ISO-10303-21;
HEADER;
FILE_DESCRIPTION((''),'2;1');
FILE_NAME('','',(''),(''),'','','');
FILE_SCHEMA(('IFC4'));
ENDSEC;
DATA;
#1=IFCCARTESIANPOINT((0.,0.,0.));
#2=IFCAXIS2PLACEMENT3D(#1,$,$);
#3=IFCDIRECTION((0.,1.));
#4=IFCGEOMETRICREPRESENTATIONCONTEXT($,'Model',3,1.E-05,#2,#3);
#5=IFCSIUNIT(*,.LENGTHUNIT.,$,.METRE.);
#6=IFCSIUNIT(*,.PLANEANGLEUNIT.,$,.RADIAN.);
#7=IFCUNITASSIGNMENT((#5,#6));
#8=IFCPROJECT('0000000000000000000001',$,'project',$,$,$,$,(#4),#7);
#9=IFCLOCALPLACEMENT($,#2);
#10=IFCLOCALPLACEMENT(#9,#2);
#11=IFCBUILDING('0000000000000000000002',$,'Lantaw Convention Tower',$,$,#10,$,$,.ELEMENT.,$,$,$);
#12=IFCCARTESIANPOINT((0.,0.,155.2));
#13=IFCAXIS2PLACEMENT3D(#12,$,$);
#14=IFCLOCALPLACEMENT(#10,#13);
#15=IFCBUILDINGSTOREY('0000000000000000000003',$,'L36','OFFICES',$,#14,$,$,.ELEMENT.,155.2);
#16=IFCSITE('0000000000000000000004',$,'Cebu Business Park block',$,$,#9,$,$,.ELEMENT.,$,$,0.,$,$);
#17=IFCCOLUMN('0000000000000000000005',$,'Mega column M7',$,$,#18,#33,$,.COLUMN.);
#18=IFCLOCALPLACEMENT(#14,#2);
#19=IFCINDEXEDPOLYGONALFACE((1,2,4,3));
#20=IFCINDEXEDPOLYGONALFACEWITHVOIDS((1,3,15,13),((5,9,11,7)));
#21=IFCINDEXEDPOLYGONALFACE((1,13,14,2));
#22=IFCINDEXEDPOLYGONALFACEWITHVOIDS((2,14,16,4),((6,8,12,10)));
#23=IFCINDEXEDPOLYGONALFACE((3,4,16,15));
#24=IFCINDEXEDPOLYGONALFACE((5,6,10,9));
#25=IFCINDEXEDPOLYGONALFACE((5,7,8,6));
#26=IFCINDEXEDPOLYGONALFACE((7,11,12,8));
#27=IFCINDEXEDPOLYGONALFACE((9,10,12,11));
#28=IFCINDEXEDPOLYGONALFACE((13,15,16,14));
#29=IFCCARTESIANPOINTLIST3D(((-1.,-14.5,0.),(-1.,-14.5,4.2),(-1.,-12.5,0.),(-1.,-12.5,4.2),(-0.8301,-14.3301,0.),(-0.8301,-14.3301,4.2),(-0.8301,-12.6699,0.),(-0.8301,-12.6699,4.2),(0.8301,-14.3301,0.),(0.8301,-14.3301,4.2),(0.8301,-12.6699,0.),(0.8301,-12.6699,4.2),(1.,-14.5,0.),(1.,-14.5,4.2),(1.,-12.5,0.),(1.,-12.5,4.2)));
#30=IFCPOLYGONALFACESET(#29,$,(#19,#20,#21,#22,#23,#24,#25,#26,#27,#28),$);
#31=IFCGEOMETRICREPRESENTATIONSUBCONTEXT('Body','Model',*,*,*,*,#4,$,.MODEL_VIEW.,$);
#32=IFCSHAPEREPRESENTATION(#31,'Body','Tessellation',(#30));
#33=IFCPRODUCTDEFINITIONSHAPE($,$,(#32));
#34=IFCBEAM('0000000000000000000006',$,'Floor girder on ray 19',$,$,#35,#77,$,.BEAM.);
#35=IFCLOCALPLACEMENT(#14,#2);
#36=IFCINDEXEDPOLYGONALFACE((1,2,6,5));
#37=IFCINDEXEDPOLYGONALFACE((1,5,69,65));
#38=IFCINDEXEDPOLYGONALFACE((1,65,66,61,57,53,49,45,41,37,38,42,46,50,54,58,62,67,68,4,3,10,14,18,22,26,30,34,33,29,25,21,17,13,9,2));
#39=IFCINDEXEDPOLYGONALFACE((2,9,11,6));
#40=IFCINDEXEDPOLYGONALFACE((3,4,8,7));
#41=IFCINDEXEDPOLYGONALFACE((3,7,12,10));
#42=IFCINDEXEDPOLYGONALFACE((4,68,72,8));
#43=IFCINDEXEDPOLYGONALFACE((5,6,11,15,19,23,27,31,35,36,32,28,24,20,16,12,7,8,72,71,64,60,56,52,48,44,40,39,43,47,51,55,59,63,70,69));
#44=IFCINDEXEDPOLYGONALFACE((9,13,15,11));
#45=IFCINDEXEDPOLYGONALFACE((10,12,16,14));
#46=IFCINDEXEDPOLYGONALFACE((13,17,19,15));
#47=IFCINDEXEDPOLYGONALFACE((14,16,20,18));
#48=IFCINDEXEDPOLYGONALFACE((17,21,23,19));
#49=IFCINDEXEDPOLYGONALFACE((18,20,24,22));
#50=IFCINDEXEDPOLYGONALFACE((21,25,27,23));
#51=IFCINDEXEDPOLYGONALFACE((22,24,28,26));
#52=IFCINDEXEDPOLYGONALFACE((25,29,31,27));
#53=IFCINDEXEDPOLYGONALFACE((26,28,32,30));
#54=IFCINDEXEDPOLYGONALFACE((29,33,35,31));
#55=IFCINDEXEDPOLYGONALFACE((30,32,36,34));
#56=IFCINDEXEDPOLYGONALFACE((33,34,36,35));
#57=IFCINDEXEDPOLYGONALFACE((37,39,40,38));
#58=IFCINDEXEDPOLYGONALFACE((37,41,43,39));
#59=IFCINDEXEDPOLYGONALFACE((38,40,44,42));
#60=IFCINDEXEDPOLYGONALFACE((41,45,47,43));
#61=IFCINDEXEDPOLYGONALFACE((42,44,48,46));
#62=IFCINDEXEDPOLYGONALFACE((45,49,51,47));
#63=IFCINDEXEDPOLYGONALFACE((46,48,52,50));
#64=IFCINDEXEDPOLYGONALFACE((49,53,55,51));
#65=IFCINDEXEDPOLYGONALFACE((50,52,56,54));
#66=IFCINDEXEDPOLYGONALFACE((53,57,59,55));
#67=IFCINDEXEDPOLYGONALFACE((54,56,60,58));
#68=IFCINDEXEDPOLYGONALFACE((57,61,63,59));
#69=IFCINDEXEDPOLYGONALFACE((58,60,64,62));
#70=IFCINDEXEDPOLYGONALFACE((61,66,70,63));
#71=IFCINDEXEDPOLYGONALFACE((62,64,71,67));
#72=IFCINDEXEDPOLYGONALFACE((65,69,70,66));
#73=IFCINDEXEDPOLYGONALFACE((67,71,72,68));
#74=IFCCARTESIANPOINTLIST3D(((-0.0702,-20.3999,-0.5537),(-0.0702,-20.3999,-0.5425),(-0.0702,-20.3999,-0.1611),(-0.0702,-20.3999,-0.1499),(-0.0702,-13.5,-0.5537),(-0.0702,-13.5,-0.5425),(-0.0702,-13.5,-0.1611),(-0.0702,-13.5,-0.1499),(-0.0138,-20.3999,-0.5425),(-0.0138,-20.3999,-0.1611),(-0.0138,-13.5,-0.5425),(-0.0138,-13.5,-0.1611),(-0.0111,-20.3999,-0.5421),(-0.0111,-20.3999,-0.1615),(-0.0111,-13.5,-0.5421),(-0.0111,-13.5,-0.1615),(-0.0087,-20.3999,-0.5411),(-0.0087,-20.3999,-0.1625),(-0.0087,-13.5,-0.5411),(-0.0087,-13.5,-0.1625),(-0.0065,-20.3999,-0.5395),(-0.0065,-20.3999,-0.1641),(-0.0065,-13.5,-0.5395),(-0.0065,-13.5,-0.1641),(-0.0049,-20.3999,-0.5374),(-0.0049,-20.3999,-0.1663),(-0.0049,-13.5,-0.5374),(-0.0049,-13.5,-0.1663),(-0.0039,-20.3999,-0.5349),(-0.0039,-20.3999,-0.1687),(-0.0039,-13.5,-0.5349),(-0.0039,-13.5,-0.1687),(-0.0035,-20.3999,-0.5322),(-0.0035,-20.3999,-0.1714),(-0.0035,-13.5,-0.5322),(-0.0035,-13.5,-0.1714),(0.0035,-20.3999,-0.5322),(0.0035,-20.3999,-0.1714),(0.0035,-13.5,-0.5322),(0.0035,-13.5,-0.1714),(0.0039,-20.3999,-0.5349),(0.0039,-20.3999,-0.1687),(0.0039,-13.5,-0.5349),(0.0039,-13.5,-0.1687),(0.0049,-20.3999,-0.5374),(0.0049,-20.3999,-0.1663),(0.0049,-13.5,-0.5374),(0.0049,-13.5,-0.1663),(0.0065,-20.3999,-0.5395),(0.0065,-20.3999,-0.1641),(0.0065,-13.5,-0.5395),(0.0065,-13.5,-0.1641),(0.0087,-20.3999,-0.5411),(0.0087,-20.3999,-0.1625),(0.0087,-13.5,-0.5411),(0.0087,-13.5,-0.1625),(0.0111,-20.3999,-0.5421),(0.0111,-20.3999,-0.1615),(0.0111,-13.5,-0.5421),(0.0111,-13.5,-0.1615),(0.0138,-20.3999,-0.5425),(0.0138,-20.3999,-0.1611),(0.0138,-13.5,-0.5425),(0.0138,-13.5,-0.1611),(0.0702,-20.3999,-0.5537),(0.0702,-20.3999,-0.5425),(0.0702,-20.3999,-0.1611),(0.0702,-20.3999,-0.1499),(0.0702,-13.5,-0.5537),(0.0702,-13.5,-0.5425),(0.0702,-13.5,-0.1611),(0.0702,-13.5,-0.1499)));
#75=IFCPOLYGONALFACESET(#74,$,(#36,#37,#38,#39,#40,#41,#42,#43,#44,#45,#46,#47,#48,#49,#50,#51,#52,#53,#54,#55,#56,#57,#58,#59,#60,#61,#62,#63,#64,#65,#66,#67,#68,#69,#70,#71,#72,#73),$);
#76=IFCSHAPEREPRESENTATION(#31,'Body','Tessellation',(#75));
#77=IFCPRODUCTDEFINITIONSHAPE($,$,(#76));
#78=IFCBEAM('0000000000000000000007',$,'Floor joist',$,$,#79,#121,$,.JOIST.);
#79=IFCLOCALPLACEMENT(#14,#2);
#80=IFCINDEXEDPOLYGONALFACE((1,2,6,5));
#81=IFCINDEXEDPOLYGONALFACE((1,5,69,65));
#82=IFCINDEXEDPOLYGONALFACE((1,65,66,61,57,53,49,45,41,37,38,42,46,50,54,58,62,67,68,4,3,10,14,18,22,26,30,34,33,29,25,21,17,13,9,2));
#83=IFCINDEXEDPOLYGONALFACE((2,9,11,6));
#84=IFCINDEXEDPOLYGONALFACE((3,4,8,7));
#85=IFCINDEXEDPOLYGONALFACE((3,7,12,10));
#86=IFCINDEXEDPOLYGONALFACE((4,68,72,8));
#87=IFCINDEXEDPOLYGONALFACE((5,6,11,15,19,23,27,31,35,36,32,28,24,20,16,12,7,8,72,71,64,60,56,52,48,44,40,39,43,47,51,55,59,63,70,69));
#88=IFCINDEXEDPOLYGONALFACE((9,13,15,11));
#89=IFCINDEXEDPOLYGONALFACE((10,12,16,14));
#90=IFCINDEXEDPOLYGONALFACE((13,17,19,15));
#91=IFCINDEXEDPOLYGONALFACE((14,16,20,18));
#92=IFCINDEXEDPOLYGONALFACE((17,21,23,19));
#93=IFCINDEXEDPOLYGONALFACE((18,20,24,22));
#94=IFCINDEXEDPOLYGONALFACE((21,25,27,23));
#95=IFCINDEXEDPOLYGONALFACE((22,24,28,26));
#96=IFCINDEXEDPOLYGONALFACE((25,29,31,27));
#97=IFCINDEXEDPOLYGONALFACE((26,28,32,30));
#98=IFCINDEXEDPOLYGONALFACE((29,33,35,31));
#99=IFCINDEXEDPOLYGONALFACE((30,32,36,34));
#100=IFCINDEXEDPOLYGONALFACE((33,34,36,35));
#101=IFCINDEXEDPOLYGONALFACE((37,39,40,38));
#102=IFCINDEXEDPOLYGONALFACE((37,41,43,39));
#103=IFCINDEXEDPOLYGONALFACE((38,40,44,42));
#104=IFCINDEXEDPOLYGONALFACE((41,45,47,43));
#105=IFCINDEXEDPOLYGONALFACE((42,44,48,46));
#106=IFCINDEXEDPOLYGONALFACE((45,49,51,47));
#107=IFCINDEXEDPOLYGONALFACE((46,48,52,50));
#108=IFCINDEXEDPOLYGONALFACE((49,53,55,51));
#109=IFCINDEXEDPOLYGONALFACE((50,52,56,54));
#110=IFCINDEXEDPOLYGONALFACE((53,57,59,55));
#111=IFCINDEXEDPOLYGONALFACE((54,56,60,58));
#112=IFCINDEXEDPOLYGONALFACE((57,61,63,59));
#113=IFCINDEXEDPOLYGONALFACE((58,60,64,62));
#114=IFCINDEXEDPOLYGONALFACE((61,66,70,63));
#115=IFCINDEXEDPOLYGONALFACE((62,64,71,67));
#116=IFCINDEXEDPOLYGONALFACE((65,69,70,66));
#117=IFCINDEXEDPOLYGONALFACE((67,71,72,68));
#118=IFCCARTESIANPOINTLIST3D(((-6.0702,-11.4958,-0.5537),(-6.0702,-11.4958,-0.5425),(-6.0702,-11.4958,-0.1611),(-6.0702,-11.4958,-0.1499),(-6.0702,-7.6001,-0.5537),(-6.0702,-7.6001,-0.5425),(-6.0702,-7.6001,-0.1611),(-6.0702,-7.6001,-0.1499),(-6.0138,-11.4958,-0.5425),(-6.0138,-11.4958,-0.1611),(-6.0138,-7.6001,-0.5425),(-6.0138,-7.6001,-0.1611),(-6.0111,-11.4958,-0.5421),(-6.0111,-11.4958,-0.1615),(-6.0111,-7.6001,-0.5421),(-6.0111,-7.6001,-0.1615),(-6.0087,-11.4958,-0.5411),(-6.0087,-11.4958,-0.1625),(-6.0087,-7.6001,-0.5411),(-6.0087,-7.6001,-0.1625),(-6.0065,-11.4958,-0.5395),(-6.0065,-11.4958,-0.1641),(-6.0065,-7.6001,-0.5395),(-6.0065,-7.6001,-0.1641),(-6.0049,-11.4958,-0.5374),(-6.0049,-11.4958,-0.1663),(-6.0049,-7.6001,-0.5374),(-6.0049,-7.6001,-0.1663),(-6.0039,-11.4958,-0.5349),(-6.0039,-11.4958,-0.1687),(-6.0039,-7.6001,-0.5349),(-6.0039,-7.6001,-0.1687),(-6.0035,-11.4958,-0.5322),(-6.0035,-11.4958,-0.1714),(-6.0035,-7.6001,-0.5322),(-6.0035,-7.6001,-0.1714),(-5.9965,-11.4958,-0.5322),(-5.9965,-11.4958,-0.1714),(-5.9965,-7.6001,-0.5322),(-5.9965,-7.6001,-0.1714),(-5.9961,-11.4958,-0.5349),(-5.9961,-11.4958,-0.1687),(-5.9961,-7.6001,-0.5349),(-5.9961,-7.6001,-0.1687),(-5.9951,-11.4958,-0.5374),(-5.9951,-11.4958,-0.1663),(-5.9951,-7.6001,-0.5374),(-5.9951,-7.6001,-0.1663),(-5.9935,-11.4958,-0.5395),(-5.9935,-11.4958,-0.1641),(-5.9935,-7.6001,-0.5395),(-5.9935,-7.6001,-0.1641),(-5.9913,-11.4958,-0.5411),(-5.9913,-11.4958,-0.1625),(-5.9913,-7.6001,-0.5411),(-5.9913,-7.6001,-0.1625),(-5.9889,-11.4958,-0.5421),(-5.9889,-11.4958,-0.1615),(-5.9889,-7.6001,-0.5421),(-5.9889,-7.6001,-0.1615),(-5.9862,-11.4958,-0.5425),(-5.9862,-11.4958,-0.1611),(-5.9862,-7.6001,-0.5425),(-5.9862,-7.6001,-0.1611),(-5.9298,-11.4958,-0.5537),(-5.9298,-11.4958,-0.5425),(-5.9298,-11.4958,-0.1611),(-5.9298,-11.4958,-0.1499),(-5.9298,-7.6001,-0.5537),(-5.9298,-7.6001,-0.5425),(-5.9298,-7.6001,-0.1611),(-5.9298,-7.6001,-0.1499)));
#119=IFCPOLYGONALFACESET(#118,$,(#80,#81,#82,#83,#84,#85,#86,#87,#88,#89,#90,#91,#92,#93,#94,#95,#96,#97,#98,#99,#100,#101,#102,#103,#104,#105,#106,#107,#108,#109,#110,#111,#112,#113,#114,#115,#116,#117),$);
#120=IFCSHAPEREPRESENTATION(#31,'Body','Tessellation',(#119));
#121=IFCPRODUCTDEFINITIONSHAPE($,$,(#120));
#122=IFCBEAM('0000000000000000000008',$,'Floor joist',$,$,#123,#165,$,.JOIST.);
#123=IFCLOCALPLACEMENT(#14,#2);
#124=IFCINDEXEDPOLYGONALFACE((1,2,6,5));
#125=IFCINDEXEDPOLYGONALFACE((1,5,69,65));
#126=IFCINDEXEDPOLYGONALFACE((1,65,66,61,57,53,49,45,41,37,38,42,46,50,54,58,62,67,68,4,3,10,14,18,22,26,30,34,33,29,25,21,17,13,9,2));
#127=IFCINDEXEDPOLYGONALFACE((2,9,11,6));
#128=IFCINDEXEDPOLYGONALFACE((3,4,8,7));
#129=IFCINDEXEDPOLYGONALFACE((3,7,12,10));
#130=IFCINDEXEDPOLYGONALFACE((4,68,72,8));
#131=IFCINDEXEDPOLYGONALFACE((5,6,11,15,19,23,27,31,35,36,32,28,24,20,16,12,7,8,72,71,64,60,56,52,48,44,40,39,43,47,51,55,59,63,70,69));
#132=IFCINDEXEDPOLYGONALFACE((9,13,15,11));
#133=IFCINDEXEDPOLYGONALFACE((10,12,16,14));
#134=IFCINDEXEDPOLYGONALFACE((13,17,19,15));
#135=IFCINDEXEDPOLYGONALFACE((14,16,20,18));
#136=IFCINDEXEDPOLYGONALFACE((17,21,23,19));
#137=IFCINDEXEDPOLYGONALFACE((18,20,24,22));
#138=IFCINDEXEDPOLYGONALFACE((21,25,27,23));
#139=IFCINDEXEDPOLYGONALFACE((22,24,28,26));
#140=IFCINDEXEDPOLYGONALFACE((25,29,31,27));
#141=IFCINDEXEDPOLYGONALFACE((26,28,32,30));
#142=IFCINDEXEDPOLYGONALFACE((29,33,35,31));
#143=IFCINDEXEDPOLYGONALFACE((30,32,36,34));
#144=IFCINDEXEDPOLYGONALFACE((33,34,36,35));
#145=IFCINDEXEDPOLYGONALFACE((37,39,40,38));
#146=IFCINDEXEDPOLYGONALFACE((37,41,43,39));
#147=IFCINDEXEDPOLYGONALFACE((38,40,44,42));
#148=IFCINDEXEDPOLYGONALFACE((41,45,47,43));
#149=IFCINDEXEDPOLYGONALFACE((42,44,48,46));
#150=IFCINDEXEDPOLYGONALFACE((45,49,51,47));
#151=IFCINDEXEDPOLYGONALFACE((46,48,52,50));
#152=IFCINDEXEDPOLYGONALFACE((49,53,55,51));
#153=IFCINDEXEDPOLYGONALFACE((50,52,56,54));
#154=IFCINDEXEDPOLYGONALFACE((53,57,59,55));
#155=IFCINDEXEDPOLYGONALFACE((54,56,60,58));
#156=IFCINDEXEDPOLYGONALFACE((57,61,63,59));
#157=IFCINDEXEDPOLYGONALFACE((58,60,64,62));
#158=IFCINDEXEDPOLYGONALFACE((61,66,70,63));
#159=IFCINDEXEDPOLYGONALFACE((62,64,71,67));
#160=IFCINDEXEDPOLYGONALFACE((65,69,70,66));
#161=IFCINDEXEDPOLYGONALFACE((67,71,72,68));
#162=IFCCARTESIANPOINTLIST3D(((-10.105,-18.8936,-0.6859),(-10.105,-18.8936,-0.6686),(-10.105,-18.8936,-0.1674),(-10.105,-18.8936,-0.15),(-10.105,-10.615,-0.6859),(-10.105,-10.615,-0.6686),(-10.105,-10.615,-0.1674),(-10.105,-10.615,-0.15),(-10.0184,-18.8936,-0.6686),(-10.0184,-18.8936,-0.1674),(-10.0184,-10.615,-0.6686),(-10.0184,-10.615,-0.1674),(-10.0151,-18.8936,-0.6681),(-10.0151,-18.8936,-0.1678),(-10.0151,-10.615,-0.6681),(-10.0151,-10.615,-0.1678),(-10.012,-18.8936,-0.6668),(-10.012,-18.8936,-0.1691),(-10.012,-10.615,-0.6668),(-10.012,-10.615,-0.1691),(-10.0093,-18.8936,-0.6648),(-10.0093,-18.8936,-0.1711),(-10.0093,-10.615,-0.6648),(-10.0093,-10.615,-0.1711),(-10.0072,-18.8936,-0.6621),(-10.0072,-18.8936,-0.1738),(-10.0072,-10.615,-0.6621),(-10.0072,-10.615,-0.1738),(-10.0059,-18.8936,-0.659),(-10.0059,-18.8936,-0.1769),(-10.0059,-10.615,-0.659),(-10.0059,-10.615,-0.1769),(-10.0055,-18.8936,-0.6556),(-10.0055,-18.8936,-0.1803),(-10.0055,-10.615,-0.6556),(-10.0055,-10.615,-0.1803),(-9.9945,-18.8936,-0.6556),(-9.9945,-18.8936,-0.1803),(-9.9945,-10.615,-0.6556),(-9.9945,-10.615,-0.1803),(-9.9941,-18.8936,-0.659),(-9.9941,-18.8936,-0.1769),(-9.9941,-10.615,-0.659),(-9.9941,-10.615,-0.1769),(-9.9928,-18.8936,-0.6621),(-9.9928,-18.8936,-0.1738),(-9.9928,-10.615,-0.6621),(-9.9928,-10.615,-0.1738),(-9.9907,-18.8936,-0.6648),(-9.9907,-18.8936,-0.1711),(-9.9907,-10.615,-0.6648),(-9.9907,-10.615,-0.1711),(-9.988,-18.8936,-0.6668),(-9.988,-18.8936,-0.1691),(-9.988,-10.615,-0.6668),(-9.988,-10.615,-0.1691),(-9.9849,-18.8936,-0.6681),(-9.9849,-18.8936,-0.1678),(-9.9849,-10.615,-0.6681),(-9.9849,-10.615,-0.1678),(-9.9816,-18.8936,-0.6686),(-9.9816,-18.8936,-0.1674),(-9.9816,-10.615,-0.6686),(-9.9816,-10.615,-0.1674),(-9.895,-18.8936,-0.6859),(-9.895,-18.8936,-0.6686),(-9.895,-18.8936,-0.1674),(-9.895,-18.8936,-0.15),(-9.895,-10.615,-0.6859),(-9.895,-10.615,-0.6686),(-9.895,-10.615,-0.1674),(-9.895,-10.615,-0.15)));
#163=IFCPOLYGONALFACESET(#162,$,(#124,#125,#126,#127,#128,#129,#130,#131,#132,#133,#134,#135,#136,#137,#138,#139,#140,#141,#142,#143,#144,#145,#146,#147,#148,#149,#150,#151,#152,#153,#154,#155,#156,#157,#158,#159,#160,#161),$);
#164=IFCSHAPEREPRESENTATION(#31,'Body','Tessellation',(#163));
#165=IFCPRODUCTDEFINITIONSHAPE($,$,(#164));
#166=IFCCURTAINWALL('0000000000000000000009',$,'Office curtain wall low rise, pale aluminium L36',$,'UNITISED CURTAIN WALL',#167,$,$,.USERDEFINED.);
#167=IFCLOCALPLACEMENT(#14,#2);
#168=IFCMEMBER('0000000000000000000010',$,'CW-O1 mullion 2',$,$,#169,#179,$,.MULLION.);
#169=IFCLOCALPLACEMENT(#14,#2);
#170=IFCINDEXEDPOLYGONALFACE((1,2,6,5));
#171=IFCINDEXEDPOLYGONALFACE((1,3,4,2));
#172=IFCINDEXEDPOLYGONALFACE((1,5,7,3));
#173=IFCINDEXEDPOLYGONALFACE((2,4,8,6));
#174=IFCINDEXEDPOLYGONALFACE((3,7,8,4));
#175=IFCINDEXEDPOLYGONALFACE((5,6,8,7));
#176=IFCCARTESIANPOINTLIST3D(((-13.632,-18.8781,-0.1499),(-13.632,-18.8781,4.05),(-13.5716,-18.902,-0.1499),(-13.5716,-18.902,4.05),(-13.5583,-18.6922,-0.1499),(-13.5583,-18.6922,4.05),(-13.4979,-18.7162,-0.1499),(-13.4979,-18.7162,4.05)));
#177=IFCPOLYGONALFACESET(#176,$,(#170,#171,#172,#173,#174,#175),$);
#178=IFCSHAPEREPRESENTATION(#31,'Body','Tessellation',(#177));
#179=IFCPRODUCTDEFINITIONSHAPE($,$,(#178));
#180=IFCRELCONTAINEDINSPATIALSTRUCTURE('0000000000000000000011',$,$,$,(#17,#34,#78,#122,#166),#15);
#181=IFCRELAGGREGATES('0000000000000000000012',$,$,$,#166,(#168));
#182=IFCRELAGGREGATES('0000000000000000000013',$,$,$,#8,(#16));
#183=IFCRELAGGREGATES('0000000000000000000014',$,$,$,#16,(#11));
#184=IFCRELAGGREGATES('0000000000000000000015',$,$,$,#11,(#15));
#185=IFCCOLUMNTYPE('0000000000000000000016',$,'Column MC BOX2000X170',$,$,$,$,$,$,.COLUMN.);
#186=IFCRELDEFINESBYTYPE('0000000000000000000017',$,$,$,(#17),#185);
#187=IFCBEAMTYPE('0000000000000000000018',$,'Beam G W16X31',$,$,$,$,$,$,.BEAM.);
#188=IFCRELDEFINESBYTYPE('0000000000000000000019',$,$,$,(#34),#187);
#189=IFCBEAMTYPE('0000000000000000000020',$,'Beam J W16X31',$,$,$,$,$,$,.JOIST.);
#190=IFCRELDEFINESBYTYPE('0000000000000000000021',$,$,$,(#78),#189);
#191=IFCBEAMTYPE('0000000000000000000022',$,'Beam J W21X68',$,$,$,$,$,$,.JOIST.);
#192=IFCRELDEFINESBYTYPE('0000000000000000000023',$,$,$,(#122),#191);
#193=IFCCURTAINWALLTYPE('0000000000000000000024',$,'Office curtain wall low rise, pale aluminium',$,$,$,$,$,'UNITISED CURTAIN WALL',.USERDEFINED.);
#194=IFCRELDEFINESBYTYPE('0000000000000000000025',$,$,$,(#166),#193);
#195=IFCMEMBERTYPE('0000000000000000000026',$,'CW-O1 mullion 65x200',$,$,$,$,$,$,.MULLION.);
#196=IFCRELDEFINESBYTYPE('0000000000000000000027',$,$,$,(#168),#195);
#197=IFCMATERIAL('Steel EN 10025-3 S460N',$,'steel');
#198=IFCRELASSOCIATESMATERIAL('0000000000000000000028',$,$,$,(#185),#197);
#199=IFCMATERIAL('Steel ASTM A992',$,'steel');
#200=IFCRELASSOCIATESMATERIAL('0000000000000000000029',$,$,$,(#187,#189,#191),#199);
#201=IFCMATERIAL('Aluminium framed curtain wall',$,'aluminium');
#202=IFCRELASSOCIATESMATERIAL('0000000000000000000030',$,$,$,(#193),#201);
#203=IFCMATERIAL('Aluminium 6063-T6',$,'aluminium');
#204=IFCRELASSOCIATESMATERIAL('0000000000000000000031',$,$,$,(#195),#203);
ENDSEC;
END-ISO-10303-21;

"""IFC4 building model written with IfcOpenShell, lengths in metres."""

from ifc_helpers import new_model, si_unit, direction, frame, origin, origin_2d, place, context, subcontext, project, spatial, rectangle, hollow_rectangle, i_section, extrude, material, material_profile, profile_set, type_object, element, aggregate, save


model = new_model("IFC4")

# Units and contexts
model_context = context("Model", 3, precision=1e-05, world=origin(), true_north=direction((0.0, 1.0)))
body_context = subcontext(model_context, "Body", "Model", "MODEL_VIEW")
ifc_project = project(units=[si_unit("LENGTHUNIT", "METRE"), si_unit("PLANEANGLEUNIT", "RADIAN")], contexts=[model_context])

# Site, building, storey
site_placement = place(None, origin())
site = spatial("IfcSite", under=ifc_project, at=site_placement, Name="Cebu Business Park block", CompositionType="ELEMENT", RefElevation=0.0)
building_placement = place(site_placement, origin())
building = spatial("IfcBuilding", under=site, at=building_placement, Name="Lantaw Convention Tower", CompositionType="ELEMENT")
storey_placement = place(building_placement, frame((0.0, 0.0, 155.2)))
storey = spatial("IfcBuildingStorey", under=building, at=storey_placement, Name="L36", Description="OFFICES", CompositionType="ELEMENT", Elevation=155.2)

# Column
ifc_material_1 = material(Name="Steel EN 10025-3 S460N", Category="steel")
ifc_material_profile_1 = material_profile(ifc_material_1, hollow_rectangle(XDim=2.0, YDim=2.0, WallThickness=0.1699, at=origin_2d()), Name="BOX2000X170")
ifc_material_2 = material(Name="Concrete C60/75", Category="concrete")
ifc_material_profile_2 = material_profile(ifc_material_2, rectangle(XDim=1.6599, YDim=1.6599, at=origin_2d()), Name="Concrete fill of BOX2000X170")
ifc_profile_set_1 = profile_set([ifc_material_profile_1, ifc_material_profile_2], Name="Steel EN 10025-3 S460N")
column_type = type_object("IfcColumnType", Name="Column MC BOX2000X170", PredefinedType="COLUMN", material=ifc_profile_set_1)
column_placement = place(storey_placement, frame((0.0, -13.5, 0.0), z_axis=(0.0, 0.0, 1.0), x_axis=(1.0, 0.0, 0.0)))
element("IfcColumn", 1, at=column_placement, inside=storey, type_object=column_type, Name="Mega column M7", PredefinedType="COLUMN", context=body_context, shape_type="SweptSolid", body=[
    extrude(hollow_rectangle(XDim=2.0, YDim=2.0, WallThickness=0.1699, at=origin_2d()), origin(), (0.0, 0.0, 1.0), 4.2),
])

# Beams
ifc_material_3 = material(Name="Steel ASTM A992", Category="steel")
ifc_material_profile_3 = material_profile(ifc_material_3, i_section(OverallWidth=0.1404, OverallDepth=0.4038, WebThickness=0.0071, FlangeThickness=0.0112, FilletRadius=0.0103, at=origin_2d()), Name="W16X31")
ifc_profile_set_2 = profile_set([ifc_material_profile_3], Name="Steel ASTM A992")
beam_type_1 = type_object("IfcBeamType", Name="Beam G W16X31", PredefinedType="BEAM", material=ifc_profile_set_2)
beam_1_placement = place(storey_placement, frame((0.0, -13.5, -0.3518), z_axis=(0.0, -1.0, 0.0), x_axis=(1.0, 0.0, 0.0)))
element("IfcBeam", 2, at=beam_1_placement, inside=storey, type_object=beam_type_1, Name="Floor girder on ray 19", PredefinedType="BEAM", context=body_context, shape_type="SweptSolid", body=[
    extrude(i_section(OverallWidth=0.1404, OverallDepth=0.4038, WebThickness=0.0071, FlangeThickness=0.0112, FilletRadius=0.0103, at=origin_2d()), origin(), (0.0, 0.0, 1.0), 6.8999),
])
ifc_material_profile_4 = material_profile(ifc_material_3, i_section(OverallWidth=0.1404, OverallDepth=0.4038, WebThickness=0.0071, FlangeThickness=0.0112, FilletRadius=0.0103, at=origin_2d()), Name="W16X31")
ifc_profile_set_3 = profile_set([ifc_material_profile_4], Name="Steel ASTM A992")
beam_type_2 = type_object("IfcBeamType", Name="Beam J W16X31", PredefinedType="JOIST", material=ifc_profile_set_3)
beam_2_placement = place(storey_placement, frame((-6.0, -11.4958, -0.3518), z_axis=(0.0, 1.0, 0.0), x_axis=(-1.0, 0.0, 0.0)))
element("IfcBeam", 3, at=beam_2_placement, inside=storey, type_object=beam_type_2, Name="Floor joist", PredefinedType="JOIST", context=body_context, shape_type="SweptSolid", body=[
    extrude(i_section(OverallWidth=0.1404, OverallDepth=0.4038, WebThickness=0.0071, FlangeThickness=0.0112, FilletRadius=0.0103, at=origin_2d()), origin(), (0.0, 0.0, 1.0), 3.8958),
])
ifc_material_profile_5 = material_profile(ifc_material_3, i_section(OverallWidth=0.21, OverallDepth=0.5359, WebThickness=0.011, FlangeThickness=0.0173, FilletRadius=0.0129, at=origin_2d()), Name="W21X68")
ifc_profile_set_4 = profile_set([ifc_material_profile_5], Name="Steel ASTM A992")
beam_type_3 = type_object("IfcBeamType", Name="Beam J W21X68", PredefinedType="JOIST", material=ifc_profile_set_4)
beam_3_placement = place(storey_placement, frame((-10.0, -18.8936, -0.418), z_axis=(0.0, 1.0, 0.0), x_axis=(-1.0, 0.0, 0.0)))
element("IfcBeam", 4, at=beam_3_placement, inside=storey, type_object=beam_type_3, Name="Floor joist", PredefinedType="JOIST", context=body_context, shape_type="SweptSolid", body=[
    extrude(i_section(OverallWidth=0.21, OverallDepth=0.5359, WebThickness=0.011, FlangeThickness=0.0173, FilletRadius=0.0129, at=origin_2d()), origin(), (0.0, 0.0, 1.0), 8.2786),
])

# Curtain wall, member
ifc_material_4 = material(Name="Aluminium framed curtain wall", Category="aluminium")
curtain_wall_type = type_object("IfcCurtainWallType", Name="Office curtain wall low rise, pale aluminium", ElementType="UNITISED CURTAIN WALL", PredefinedType="USERDEFINED", material=ifc_material_4)
curtain_wall_placement = place(storey_placement, origin())
curtain_wall = element("IfcCurtainWall", 5, at=curtain_wall_placement, inside=storey, type_object=curtain_wall_type, Name="Office curtain wall low rise, pale aluminium L36", ObjectType="UNITISED CURTAIN WALL", PredefinedType="USERDEFINED")
ifc_material_5 = material(Name="Aluminium 6063-T6", Category="aluminium")
ifc_material_profile_6 = material_profile(ifc_material_5, rectangle(XDim=0.2, YDim=0.0649, at=origin_2d()), Name="CW-O1 mullion 65x200")
ifc_profile_set_5 = profile_set([ifc_material_profile_6], Name="Aluminium 6063-T6")
member_type_1 = type_object("IfcMemberType", Name="CW-O1 mullion 65x200", PredefinedType="MULLION", material=ifc_profile_set_5)
member_1_placement = place(storey_placement, frame((-13.5649, -18.7971, -0.1499), z_axis=(0.0, 0.0, 1.0), x_axis=(0.368702, 0.929548, 0.0)))
member_1 = element("IfcMember", 6, at=member_1_placement, type_object=member_type_1, Name="CW-O1 mullion 2", PredefinedType="MULLION", context=body_context, shape_type="SweptSolid", body=[
    extrude(rectangle(XDim=0.2, YDim=0.0649, at=origin_2d()), origin(), (0.0, 0.0, 1.0), 4.2),
])
aggregate(curtain_wall, [member_1])

save(model, "model.ifc")
